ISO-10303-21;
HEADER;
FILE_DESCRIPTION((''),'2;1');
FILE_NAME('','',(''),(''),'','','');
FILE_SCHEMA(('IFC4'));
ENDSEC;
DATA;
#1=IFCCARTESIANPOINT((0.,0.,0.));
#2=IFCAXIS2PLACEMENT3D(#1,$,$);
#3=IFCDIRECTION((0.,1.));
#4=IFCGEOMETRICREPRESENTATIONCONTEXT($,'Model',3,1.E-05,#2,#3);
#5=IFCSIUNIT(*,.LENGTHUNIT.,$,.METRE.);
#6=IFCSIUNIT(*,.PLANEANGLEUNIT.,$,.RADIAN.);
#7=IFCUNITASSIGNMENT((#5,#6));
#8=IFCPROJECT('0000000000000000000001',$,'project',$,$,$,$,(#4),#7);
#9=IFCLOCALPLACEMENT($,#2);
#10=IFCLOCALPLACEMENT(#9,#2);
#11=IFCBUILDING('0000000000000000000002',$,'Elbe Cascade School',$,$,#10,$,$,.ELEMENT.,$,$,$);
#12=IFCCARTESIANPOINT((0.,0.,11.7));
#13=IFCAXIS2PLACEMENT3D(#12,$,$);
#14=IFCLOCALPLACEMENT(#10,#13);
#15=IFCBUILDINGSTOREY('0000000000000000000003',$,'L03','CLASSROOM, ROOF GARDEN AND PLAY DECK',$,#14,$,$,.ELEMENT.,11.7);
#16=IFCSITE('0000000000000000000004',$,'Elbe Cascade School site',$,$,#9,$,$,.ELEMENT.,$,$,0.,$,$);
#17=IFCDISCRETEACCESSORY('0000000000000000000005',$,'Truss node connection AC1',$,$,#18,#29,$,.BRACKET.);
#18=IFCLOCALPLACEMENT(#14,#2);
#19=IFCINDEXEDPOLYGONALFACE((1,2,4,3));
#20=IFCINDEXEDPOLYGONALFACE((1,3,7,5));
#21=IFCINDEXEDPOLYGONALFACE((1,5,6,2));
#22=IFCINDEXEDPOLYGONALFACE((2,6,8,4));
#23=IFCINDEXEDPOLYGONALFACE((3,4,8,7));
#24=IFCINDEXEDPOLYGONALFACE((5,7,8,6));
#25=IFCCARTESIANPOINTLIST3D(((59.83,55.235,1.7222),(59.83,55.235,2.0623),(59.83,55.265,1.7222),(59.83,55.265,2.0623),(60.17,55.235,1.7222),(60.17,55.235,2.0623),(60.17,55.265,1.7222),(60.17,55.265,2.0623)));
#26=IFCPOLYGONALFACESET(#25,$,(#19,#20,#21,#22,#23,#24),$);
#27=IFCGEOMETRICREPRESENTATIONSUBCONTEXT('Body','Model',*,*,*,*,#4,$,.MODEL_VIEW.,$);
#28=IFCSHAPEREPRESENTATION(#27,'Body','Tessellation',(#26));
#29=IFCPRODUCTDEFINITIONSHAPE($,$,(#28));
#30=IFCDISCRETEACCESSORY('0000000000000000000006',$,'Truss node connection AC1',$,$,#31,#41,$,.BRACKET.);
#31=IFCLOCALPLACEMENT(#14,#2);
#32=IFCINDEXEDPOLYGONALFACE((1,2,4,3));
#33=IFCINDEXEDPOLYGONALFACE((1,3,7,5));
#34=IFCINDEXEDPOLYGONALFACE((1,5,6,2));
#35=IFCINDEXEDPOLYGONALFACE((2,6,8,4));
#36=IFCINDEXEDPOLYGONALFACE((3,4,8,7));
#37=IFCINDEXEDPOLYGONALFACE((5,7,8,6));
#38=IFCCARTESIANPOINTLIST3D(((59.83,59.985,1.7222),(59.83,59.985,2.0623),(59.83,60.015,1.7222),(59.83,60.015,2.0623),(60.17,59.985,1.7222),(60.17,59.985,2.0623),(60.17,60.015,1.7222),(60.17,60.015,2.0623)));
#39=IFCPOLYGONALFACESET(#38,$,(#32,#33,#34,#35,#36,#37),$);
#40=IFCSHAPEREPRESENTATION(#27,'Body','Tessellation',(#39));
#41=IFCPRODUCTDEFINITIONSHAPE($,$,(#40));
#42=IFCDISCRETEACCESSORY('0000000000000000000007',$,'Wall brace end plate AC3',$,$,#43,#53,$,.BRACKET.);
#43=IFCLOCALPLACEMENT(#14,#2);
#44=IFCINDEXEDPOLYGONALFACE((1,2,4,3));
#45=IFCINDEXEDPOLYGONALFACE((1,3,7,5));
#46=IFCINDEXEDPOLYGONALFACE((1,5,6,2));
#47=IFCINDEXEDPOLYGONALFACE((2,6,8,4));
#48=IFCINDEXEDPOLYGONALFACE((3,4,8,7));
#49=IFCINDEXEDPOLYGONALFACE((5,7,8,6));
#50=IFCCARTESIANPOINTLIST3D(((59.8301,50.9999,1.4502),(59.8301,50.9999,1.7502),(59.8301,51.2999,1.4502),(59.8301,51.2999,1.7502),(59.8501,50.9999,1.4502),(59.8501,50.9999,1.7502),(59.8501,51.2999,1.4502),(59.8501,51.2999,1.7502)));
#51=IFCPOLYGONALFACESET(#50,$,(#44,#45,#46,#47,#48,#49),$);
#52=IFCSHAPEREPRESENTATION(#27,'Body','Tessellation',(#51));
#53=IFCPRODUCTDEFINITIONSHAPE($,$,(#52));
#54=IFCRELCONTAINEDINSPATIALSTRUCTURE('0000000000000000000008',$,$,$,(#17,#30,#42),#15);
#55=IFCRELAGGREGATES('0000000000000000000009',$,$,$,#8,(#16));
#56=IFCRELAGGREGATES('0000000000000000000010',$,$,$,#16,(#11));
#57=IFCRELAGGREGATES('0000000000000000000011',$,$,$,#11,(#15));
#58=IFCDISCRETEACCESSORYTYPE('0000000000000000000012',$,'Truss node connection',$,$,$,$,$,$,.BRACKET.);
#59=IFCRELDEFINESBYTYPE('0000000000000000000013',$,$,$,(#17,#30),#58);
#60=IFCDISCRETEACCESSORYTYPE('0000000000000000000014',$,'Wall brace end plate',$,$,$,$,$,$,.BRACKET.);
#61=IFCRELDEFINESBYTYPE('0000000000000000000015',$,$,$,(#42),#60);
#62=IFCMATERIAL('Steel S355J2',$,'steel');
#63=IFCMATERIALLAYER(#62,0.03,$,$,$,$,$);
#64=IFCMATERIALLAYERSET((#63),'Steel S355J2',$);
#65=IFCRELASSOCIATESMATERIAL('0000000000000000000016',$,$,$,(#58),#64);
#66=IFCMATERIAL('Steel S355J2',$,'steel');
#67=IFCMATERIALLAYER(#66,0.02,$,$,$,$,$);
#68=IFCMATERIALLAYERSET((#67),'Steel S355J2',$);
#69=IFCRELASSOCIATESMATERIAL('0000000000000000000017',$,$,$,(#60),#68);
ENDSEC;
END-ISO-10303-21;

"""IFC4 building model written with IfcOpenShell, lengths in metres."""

from ifc_helpers import new_model, si_unit, direction, frame, origin, origin_2d, place, context, subcontext, project, spatial, rectangle, extrude, material, layer, layer_set, type_object, element, save


model = new_model("IFC4")

# Units and contexts
model_context = context("Model", 3, precision=1e-05, world=origin(), true_north=direction((0.0, 1.0)))
body_context = subcontext(model_context, "Body", "Model", "MODEL_VIEW")
ifc_project = project(units=[si_unit("LENGTHUNIT", "METRE"), si_unit("PLANEANGLEUNIT", "RADIAN")], contexts=[model_context])

# Site, building, storey
site_placement = place(None, origin())
site = spatial("IfcSite", under=ifc_project, at=site_placement, Name="Elbe Cascade School site", CompositionType="ELEMENT", RefElevation=0.0)
building_placement = place(site_placement, origin())
building = spatial("IfcBuilding", under=site, at=building_placement, Name="Elbe Cascade School", CompositionType="ELEMENT")
storey_placement = place(building_placement, frame((0.0, 0.0, 11.7)))
storey = spatial("IfcBuildingStorey", under=building, at=storey_placement, Name="L03", Description="CLASSROOM, ROOF GARDEN AND PLAY DECK", CompositionType="ELEMENT", Elevation=11.7)

# Discrete accessories
ifc_material_1 = material(Name="Steel S355J2", Category="steel")
ifc_layer_1 = layer(ifc_material_1, 0.03)
ifc_layer_set_1 = layer_set([ifc_layer_1], Name="Steel S355J2")
discrete_accessory_type_1 = type_object("IfcDiscreteAccessoryType", Name="Truss node connection", PredefinedType="BRACKET", material=ifc_layer_set_1)
for number, where, z_axis, x_axis, name in (
    (1, (60.0, 55.25, 1.7222), (0.0, 0.0, 1.0), (1.0, 0.0, 0.0), "Truss node connection AC1"),
    (2, (60.0, 60.0, 1.7222), (0.0, 0.0, 1.0), (1.0, 0.0, 0.0), "Truss node connection AC1"),
):
    element("IfcDiscreteAccessory", number, at=place(storey_placement, frame(where, z_axis=z_axis, x_axis=x_axis)), inside=storey, type_object=discrete_accessory_type_1, Name=name, PredefinedType="BRACKET", context=body_context, shape_type="SweptSolid", body=[
        extrude(rectangle(XDim=0.3401, YDim=0.03, at=origin_2d()), origin(), (0.0, 0.0, 1.0), 0.3401),
    ])
ifc_material_2 = material(Name="Steel S355J2", Category="steel")
ifc_layer_2 = layer(ifc_material_2, 0.02)
ifc_layer_set_2 = layer_set([ifc_layer_2], Name="Steel S355J2")
discrete_accessory_type_2 = type_object("IfcDiscreteAccessoryType", Name="Wall brace end plate", PredefinedType="BRACKET", material=ifc_layer_set_2)
discrete_accessory_placement = place(storey_placement, frame((59.8401, 51.1499, 1.4502), z_axis=(0.0, 0.0, 1.0), x_axis=(1.0, 0.0, 0.0)))
element("IfcDiscreteAccessory", 3, at=discrete_accessory_placement, inside=storey, type_object=discrete_accessory_type_2, Name="Wall brace end plate AC3", PredefinedType="BRACKET", context=body_context, shape_type="SweptSolid", body=[
    extrude(rectangle(XDim=0.02, YDim=0.3, at=origin_2d()), origin(), (0.0, 0.0, 1.0), 0.3),
])

save(model, "model.ifc")
